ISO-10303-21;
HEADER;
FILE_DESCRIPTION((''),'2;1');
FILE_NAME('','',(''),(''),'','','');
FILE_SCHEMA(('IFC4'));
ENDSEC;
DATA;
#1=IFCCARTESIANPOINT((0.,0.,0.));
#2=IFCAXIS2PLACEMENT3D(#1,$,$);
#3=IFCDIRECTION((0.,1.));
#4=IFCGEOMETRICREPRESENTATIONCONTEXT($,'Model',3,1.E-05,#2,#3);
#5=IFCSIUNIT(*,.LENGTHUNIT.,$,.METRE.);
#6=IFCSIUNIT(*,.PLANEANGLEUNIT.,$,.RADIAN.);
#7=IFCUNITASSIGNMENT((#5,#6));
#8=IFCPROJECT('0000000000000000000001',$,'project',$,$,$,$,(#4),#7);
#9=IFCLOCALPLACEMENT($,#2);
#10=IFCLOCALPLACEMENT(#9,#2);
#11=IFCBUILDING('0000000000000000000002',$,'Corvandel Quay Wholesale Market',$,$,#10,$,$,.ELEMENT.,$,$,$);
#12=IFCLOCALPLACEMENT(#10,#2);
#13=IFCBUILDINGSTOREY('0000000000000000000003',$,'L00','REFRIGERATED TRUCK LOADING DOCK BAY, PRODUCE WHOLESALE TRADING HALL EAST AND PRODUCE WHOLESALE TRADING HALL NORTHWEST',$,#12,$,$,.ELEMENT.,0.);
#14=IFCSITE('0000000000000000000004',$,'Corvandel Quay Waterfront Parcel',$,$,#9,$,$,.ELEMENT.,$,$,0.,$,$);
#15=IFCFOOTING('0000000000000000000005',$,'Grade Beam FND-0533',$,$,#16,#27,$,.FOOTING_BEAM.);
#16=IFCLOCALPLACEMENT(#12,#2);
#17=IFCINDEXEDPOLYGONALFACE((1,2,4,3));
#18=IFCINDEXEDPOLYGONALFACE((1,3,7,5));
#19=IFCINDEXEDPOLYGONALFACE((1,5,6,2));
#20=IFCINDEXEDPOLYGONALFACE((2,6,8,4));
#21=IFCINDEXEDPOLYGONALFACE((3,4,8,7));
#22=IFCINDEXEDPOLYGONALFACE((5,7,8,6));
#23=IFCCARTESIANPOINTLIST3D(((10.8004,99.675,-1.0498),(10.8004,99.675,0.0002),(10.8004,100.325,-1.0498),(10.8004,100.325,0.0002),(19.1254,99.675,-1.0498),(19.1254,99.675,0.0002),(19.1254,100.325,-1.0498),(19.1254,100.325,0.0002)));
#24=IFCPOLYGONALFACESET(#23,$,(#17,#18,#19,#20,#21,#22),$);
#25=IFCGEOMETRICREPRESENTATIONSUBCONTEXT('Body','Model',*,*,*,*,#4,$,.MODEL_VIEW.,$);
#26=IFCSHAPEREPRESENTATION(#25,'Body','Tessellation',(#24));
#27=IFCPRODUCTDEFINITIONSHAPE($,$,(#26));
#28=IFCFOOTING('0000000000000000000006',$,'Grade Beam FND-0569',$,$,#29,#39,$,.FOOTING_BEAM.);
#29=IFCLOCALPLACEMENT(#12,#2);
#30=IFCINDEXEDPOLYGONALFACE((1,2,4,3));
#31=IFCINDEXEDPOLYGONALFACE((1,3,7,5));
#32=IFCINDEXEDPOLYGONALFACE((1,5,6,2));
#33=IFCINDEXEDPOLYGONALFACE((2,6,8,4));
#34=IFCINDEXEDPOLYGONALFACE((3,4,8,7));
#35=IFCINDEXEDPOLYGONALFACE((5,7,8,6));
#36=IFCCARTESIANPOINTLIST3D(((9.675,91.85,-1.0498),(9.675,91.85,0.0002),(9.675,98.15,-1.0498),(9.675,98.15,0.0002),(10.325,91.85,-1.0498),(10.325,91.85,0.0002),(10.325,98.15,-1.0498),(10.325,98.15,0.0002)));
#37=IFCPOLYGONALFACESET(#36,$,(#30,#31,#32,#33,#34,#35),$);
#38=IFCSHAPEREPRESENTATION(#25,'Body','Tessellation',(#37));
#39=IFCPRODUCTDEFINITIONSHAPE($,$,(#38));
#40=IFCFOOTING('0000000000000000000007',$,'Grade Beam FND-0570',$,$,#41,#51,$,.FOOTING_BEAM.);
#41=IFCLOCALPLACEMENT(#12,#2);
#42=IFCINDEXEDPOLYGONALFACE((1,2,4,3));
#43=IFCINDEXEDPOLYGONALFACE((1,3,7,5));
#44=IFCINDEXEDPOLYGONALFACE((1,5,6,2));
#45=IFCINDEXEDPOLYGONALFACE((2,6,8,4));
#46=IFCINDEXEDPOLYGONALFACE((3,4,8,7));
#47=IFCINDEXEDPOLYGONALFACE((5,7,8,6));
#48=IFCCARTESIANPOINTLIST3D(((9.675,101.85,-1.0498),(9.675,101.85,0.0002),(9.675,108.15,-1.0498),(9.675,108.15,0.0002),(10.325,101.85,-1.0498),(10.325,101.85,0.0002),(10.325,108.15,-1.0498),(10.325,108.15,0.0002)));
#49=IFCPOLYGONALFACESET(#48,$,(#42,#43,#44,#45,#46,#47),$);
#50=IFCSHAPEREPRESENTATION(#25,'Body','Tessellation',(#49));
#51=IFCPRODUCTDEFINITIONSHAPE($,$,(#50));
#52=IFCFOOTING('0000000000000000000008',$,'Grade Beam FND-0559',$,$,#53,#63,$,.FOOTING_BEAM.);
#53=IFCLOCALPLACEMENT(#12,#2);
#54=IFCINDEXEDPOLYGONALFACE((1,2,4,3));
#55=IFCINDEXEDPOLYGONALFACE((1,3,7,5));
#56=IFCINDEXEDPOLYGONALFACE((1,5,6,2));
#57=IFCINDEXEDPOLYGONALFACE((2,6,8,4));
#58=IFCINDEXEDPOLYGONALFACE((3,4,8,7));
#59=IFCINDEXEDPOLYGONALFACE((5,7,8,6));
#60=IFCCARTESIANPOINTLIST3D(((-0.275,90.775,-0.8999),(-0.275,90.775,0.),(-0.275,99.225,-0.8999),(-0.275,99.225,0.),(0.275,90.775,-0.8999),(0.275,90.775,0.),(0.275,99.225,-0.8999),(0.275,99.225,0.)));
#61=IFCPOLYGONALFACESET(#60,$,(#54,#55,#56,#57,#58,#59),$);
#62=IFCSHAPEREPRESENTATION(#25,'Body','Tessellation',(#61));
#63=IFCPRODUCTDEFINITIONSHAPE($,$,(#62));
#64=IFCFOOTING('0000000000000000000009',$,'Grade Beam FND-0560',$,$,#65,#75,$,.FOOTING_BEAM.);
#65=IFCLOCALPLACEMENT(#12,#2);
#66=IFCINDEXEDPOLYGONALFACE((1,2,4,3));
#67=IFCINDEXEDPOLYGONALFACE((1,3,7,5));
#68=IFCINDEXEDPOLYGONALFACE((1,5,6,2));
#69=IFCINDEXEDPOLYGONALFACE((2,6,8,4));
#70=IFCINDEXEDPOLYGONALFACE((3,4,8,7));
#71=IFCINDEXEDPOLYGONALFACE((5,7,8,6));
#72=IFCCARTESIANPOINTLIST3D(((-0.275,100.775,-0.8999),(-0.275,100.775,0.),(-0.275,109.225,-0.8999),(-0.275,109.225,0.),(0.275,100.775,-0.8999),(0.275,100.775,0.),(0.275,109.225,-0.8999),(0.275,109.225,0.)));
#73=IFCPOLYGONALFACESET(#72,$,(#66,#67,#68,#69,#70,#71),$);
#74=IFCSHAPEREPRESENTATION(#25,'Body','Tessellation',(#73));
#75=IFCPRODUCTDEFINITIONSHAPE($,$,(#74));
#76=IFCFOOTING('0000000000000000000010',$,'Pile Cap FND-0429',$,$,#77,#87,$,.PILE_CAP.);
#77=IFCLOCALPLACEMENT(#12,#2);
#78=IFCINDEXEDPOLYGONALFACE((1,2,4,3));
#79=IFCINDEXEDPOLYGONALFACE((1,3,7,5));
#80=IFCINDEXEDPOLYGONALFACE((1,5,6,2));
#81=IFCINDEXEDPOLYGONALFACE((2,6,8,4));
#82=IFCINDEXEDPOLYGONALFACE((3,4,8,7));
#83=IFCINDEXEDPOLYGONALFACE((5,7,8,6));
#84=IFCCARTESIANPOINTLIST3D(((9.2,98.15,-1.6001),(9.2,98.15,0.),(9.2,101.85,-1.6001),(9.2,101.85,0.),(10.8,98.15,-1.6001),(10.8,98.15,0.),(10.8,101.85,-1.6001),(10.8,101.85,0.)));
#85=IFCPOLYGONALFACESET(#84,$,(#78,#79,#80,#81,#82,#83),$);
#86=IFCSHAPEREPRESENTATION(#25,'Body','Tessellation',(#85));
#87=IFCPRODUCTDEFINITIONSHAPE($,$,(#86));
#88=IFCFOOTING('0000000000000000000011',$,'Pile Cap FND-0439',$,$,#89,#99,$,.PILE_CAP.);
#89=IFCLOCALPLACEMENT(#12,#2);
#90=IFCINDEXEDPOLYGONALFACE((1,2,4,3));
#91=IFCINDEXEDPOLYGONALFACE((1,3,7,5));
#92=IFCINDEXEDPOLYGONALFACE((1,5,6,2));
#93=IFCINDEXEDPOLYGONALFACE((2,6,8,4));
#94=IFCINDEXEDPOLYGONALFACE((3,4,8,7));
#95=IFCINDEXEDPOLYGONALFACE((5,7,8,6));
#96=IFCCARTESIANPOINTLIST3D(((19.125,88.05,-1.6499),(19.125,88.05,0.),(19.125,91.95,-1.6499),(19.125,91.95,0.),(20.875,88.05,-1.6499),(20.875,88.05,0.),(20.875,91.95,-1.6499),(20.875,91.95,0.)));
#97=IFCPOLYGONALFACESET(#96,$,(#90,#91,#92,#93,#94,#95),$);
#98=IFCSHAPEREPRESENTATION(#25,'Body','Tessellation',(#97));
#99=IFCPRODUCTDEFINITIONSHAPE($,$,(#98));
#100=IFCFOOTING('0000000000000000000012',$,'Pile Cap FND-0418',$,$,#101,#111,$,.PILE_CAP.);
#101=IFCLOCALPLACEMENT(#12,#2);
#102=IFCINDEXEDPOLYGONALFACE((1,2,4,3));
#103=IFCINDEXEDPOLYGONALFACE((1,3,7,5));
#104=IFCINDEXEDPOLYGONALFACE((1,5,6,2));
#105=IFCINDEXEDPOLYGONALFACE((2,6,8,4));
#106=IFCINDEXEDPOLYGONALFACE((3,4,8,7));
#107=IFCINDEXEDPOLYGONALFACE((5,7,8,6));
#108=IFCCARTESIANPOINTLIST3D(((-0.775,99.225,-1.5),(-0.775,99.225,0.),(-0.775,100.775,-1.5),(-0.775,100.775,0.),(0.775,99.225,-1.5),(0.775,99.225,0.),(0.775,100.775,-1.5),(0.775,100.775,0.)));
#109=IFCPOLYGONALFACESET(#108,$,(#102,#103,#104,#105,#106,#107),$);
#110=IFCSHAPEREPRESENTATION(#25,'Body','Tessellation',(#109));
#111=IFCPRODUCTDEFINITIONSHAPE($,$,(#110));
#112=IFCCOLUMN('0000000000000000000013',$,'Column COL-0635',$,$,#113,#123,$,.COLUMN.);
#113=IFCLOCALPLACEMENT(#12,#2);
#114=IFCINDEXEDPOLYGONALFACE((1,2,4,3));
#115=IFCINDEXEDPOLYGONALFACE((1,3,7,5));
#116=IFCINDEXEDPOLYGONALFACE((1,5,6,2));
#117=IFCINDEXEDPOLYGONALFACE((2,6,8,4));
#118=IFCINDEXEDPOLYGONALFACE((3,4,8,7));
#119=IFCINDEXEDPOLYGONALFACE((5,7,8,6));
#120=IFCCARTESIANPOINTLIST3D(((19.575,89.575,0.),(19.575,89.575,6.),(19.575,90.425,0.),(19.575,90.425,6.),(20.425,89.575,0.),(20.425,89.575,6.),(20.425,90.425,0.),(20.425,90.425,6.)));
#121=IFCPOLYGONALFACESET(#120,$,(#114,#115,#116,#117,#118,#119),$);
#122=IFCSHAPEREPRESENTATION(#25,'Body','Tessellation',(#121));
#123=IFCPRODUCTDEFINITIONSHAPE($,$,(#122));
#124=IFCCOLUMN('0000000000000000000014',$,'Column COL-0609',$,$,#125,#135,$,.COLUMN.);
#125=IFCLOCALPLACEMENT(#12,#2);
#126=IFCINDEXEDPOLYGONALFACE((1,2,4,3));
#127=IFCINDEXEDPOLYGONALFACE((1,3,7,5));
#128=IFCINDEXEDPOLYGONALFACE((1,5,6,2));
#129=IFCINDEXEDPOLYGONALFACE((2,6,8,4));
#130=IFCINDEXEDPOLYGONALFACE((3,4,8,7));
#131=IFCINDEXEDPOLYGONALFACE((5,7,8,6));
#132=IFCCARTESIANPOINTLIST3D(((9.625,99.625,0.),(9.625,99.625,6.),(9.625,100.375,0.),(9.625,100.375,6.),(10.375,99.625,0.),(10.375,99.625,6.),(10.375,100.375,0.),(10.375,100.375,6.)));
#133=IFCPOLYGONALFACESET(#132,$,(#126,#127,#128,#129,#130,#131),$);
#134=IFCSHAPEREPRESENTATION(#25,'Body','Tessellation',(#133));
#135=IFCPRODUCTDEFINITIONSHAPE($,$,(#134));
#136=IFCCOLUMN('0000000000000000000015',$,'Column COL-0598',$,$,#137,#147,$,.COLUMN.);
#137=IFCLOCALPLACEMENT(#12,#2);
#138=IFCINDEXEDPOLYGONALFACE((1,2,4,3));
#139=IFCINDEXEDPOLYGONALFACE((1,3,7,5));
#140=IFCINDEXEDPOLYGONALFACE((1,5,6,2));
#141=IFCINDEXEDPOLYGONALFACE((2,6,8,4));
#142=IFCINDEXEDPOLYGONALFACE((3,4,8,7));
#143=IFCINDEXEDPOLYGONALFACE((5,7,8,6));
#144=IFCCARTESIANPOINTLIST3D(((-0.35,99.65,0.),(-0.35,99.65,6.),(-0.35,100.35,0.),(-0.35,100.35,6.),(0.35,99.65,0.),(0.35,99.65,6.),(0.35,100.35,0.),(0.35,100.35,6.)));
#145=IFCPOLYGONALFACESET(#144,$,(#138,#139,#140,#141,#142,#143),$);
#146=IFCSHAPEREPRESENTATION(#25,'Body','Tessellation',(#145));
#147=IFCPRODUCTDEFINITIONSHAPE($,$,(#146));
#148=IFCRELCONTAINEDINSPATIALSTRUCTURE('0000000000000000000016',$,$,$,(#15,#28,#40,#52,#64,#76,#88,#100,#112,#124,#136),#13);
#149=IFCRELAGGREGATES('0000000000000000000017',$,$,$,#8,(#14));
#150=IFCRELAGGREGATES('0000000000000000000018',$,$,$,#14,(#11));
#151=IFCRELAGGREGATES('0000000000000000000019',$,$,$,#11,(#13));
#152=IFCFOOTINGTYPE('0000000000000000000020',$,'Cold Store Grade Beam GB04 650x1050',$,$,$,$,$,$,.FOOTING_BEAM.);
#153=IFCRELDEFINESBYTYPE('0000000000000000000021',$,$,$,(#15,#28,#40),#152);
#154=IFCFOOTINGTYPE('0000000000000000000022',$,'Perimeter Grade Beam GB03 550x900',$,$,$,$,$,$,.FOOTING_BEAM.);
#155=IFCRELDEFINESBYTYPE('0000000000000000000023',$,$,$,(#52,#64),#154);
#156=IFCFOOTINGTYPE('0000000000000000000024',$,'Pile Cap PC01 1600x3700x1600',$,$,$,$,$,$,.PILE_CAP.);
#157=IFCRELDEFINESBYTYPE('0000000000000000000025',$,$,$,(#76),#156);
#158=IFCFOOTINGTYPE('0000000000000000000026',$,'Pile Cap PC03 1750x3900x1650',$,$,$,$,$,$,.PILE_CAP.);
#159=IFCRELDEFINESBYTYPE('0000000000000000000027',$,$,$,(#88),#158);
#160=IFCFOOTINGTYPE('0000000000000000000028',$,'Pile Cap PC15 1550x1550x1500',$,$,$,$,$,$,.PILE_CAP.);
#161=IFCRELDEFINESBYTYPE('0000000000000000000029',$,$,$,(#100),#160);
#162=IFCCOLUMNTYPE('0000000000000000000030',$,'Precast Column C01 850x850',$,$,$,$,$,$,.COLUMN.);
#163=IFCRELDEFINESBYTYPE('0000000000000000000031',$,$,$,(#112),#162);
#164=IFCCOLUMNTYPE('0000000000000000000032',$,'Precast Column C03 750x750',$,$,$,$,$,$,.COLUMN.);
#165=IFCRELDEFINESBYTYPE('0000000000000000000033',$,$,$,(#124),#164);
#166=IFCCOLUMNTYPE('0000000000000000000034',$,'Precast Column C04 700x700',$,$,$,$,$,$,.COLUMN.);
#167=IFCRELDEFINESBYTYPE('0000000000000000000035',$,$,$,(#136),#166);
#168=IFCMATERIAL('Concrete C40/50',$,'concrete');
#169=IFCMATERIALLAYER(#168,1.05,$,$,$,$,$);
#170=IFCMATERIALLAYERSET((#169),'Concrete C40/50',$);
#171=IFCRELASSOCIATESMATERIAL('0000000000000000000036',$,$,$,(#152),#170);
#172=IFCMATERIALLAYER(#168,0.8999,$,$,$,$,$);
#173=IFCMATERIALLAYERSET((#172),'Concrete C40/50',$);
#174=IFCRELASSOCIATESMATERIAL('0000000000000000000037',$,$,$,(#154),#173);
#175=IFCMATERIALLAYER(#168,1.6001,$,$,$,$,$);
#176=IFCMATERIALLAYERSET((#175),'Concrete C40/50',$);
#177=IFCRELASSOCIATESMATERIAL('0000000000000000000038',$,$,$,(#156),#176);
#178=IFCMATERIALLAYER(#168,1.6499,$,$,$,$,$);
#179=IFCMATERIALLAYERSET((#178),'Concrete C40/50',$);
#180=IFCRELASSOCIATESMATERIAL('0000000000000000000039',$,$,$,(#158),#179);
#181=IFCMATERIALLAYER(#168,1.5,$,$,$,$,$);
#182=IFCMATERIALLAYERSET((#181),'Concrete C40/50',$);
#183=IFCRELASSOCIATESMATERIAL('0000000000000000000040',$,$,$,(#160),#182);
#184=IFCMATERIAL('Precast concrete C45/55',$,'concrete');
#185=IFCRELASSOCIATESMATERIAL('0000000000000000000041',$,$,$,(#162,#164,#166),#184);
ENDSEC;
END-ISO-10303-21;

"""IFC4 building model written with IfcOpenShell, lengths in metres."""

from ifc_helpers import new_model, si_unit, direction, frame, origin, origin_2d, place, context, subcontext, project, spatial, rectangle, extrude, material, layer, layer_set, material_profile, profile_set, type_object, element, save


model = new_model("IFC4")

# Units and contexts
model_context = context("Model", 3, precision=1e-05, world=origin(), true_north=direction((0.0, 1.0)))
body_context = subcontext(model_context, "Body", "Model", "MODEL_VIEW")
ifc_project = project(units=[si_unit("LENGTHUNIT", "METRE"), si_unit("PLANEANGLEUNIT", "RADIAN")], contexts=[model_context])

# Site, building, storey
site_placement = place(None, origin())
site = spatial("IfcSite", under=ifc_project, at=site_placement, Name="Corvandel Quay Waterfront Parcel", CompositionType="ELEMENT", RefElevation=0.0)
building_placement = place(site_placement, origin())
building = spatial("IfcBuilding", under=site, at=building_placement, Name="Corvandel Quay Wholesale Market", CompositionType="ELEMENT")
storey_placement = place(building_placement, origin())
storey = spatial("IfcBuildingStorey", under=building, at=storey_placement, Name="L00", Description="REFRIGERATED TRUCK LOADING DOCK BAY, PRODUCE WHOLESALE TRADING HALL EAST AND PRODUCE WHOLESALE TRADING HALL NORTHWEST", CompositionType="ELEMENT", Elevation=0.0)

# Shared definitions
ifc_material_1 = material(Name="Concrete C40/50", Category="concrete")

# Footings
ifc_layer_1 = layer(ifc_material_1, 1.05)
ifc_layer_set_1 = layer_set([ifc_layer_1], Name="Concrete C40/50")
footing_type_1 = type_object("IfcFootingType", Name="Cold Store Grade Beam GB04 650x1050", PredefinedType="FOOTING_BEAM", material=ifc_layer_set_1)
footing_1_placement = place(storey_placement, frame((14.9629, 100.0, -1.0498), z_axis=(0.0, 0.0, 1.0), x_axis=(1.0, 0.0, 0.0)))
element("IfcFooting", 1, at=footing_1_placement, inside=storey, type_object=footing_type_1, Name="Grade Beam FND-0533", PredefinedType="FOOTING_BEAM", context=body_context, shape_type="SweptSolid", body=[
    extrude(rectangle(XDim=8.325, YDim=0.6499, at=origin_2d()), origin(), (0.0, 0.0, 1.0), 1.05),
])
for number, where, z_axis, x_axis, name in (
    (2, (10.0, 95.0, -1.0498), (0.0, 0.0, 1.0), (0.0, 1.0, 0.0), "Grade Beam FND-0569"),
    (3, (10.0, 105.0, -1.0498), (0.0, 0.0, 1.0), (0.0, 1.0, 0.0), "Grade Beam FND-0570"),
):
    element("IfcFooting", number, at=place(storey_placement, frame(where, z_axis=z_axis, x_axis=x_axis)), inside=storey, type_object=footing_type_1, Name=name, PredefinedType="FOOTING_BEAM", context=body_context, shape_type="SweptSolid", body=[
        extrude(rectangle(XDim=6.3, YDim=0.6499, at=origin_2d()), origin(), (0.0, 0.0, 1.0), 1.05),
    ])
ifc_layer_2 = layer(ifc_material_1, 0.8999)
ifc_layer_set_2 = layer_set([ifc_layer_2], Name="Concrete C40/50")
footing_type_2 = type_object("IfcFootingType", Name="Perimeter Grade Beam GB03 550x900", PredefinedType="FOOTING_BEAM", material=ifc_layer_set_2)
for number, where, z_axis, x_axis, name in (
    (4, (0.0, 95.0, -0.8999), (0.0, 0.0, 1.0), (0.0, 1.0, 0.0), "Grade Beam FND-0559"),
    (5, (0.0, 105.0, -0.8999), (0.0, 0.0, 1.0), (0.0, 1.0, 0.0), "Grade Beam FND-0560"),
):
    element("IfcFooting", number, at=place(storey_placement, frame(where, z_axis=z_axis, x_axis=x_axis)), inside=storey, type_object=footing_type_2, Name=name, PredefinedType="FOOTING_BEAM", context=body_context, shape_type="SweptSolid", body=[
        extrude(rectangle(XDim=8.45, YDim=0.55, at=origin_2d()), origin(), (0.0, 0.0, 1.0), 0.8999),
    ])
ifc_layer_3 = layer(ifc_material_1, 1.6001)
ifc_layer_set_3 = layer_set([ifc_layer_3], Name="Concrete C40/50")
footing_type_3 = type_object("IfcFootingType", Name="Pile Cap PC01 1600x3700x1600", PredefinedType="PILE_CAP", material=ifc_layer_set_3)
footing_2_placement = place(storey_placement, frame((10.0, 100.0, -1.6001), z_axis=(0.0, 0.0, 1.0), x_axis=(1.0, 0.0, 0.0)))
element("IfcFooting", 6, at=footing_2_placement, inside=storey, type_object=footing_type_3, Name="Pile Cap FND-0429", PredefinedType="PILE_CAP", context=body_context, shape_type="SweptSolid", body=[
    extrude(rectangle(XDim=1.6001, YDim=3.7, at=origin_2d()), origin(), (0.0, 0.0, 1.0), 1.6001),
])
ifc_layer_4 = layer(ifc_material_1, 1.6499)
ifc_layer_set_4 = layer_set([ifc_layer_4], Name="Concrete C40/50")
footing_type_4 = type_object("IfcFootingType", Name="Pile Cap PC03 1750x3900x1650", PredefinedType="PILE_CAP", material=ifc_layer_set_4)
footing_3_placement = place(storey_placement, frame((20.0, 90.0, -1.6499), z_axis=(0.0, 0.0, 1.0), x_axis=(1.0, 0.0, 0.0)))
element("IfcFooting", 7, at=footing_3_placement, inside=storey, type_object=footing_type_4, Name="Pile Cap FND-0439", PredefinedType="PILE_CAP", context=body_context, shape_type="SweptSolid", body=[
    extrude(rectangle(XDim=1.75, YDim=3.8999, at=origin_2d()), origin(), (0.0, 0.0, 1.0), 1.6499),
])
ifc_layer_5 = layer(ifc_material_1, 1.5)
ifc_layer_set_5 = layer_set([ifc_layer_5], Name="Concrete C40/50")
footing_type_5 = type_object("IfcFootingType", Name="Pile Cap PC15 1550x1550x1500", PredefinedType="PILE_CAP", material=ifc_layer_set_5)
footing_4_placement = place(storey_placement, frame((0.0, 100.0, -1.5), z_axis=(0.0, 0.0, 1.0), x_axis=(1.0, 0.0, 0.0)))
element("IfcFooting", 8, at=footing_4_placement, inside=storey, type_object=footing_type_5, Name="Pile Cap FND-0418", PredefinedType="PILE_CAP", context=body_context, shape_type="SweptSolid", body=[
    extrude(rectangle(XDim=1.55, YDim=1.55, at=origin_2d()), origin(), (0.0, 0.0, 1.0), 1.5),
])

# Columns
ifc_material_2 = material(Name="Precast concrete C45/55", Category="concrete")
ifc_material_profile_1 = material_profile(ifc_material_2, rectangle(XDim=0.8501, YDim=0.8501, at=origin_2d()), Name="PC-COL-850x850")
ifc_profile_set_1 = profile_set([ifc_material_profile_1], Name="Precast concrete C45/55")
column_type_1 = type_object("IfcColumnType", Name="Precast Column C01 850x850", PredefinedType="COLUMN", material=ifc_profile_set_1)
column_1_placement = place(storey_placement, frame((20.0, 90.0, 0.0), z_axis=(0.0, 0.0, 1.0), x_axis=(1.0, 0.0, 0.0)))
element("IfcColumn", 9, at=column_1_placement, inside=storey, type_object=column_type_1, Name="Column COL-0635", PredefinedType="COLUMN", context=body_context, shape_type="SweptSolid", body=[
    extrude(rectangle(XDim=0.8501, YDim=0.8501, at=origin_2d()), origin(), (0.0, 0.0, 1.0), 6.0),
])
ifc_material_profile_2 = material_profile(ifc_material_2, rectangle(XDim=0.75, YDim=0.75, at=origin_2d()), Name="PC-COL-750x750")
ifc_profile_set_2 = profile_set([ifc_material_profile_2], Name="Precast concrete C45/55")
column_type_2 = type_object("IfcColumnType", Name="Precast Column C03 750x750", PredefinedType="COLUMN", material=ifc_profile_set_2)
column_2_placement = place(storey_placement, frame((10.0, 100.0, 0.0), z_axis=(0.0, 0.0, 1.0), x_axis=(1.0, 0.0, 0.0)))
element("IfcColumn", 10, at=column_2_placement, inside=storey, type_object=column_type_2, Name="Column COL-0609", PredefinedType="COLUMN", context=body_context, shape_type="SweptSolid", body=[
    extrude(rectangle(XDim=0.75, YDim=0.75, at=origin_2d()), origin(), (0.0, 0.0, 1.0), 6.0),
])
ifc_material_profile_3 = material_profile(ifc_material_2, rectangle(XDim=0.7, YDim=0.7, at=origin_2d()), Name="PC-COL-700x700")
ifc_profile_set_3 = profile_set([ifc_material_profile_3], Name="Precast concrete C45/55")
column_type_3 = type_object("IfcColumnType", Name="Precast Column C04 700x700", PredefinedType="COLUMN", material=ifc_profile_set_3)
column_3_placement = place(storey_placement, frame((0.0, 100.0, 0.0), z_axis=(0.0, 0.0, 1.0), x_axis=(1.0, 0.0, 0.0)))
element("IfcColumn", 11, at=column_3_placement, inside=storey, type_object=column_type_3, Name="Column COL-0598", PredefinedType="COLUMN", context=body_context, shape_type="SweptSolid", body=[
    extrude(rectangle(XDim=0.7, YDim=0.7, at=origin_2d()), origin(), (0.0, 0.0, 1.0), 6.0),
])

save(model, "model.ifc")
